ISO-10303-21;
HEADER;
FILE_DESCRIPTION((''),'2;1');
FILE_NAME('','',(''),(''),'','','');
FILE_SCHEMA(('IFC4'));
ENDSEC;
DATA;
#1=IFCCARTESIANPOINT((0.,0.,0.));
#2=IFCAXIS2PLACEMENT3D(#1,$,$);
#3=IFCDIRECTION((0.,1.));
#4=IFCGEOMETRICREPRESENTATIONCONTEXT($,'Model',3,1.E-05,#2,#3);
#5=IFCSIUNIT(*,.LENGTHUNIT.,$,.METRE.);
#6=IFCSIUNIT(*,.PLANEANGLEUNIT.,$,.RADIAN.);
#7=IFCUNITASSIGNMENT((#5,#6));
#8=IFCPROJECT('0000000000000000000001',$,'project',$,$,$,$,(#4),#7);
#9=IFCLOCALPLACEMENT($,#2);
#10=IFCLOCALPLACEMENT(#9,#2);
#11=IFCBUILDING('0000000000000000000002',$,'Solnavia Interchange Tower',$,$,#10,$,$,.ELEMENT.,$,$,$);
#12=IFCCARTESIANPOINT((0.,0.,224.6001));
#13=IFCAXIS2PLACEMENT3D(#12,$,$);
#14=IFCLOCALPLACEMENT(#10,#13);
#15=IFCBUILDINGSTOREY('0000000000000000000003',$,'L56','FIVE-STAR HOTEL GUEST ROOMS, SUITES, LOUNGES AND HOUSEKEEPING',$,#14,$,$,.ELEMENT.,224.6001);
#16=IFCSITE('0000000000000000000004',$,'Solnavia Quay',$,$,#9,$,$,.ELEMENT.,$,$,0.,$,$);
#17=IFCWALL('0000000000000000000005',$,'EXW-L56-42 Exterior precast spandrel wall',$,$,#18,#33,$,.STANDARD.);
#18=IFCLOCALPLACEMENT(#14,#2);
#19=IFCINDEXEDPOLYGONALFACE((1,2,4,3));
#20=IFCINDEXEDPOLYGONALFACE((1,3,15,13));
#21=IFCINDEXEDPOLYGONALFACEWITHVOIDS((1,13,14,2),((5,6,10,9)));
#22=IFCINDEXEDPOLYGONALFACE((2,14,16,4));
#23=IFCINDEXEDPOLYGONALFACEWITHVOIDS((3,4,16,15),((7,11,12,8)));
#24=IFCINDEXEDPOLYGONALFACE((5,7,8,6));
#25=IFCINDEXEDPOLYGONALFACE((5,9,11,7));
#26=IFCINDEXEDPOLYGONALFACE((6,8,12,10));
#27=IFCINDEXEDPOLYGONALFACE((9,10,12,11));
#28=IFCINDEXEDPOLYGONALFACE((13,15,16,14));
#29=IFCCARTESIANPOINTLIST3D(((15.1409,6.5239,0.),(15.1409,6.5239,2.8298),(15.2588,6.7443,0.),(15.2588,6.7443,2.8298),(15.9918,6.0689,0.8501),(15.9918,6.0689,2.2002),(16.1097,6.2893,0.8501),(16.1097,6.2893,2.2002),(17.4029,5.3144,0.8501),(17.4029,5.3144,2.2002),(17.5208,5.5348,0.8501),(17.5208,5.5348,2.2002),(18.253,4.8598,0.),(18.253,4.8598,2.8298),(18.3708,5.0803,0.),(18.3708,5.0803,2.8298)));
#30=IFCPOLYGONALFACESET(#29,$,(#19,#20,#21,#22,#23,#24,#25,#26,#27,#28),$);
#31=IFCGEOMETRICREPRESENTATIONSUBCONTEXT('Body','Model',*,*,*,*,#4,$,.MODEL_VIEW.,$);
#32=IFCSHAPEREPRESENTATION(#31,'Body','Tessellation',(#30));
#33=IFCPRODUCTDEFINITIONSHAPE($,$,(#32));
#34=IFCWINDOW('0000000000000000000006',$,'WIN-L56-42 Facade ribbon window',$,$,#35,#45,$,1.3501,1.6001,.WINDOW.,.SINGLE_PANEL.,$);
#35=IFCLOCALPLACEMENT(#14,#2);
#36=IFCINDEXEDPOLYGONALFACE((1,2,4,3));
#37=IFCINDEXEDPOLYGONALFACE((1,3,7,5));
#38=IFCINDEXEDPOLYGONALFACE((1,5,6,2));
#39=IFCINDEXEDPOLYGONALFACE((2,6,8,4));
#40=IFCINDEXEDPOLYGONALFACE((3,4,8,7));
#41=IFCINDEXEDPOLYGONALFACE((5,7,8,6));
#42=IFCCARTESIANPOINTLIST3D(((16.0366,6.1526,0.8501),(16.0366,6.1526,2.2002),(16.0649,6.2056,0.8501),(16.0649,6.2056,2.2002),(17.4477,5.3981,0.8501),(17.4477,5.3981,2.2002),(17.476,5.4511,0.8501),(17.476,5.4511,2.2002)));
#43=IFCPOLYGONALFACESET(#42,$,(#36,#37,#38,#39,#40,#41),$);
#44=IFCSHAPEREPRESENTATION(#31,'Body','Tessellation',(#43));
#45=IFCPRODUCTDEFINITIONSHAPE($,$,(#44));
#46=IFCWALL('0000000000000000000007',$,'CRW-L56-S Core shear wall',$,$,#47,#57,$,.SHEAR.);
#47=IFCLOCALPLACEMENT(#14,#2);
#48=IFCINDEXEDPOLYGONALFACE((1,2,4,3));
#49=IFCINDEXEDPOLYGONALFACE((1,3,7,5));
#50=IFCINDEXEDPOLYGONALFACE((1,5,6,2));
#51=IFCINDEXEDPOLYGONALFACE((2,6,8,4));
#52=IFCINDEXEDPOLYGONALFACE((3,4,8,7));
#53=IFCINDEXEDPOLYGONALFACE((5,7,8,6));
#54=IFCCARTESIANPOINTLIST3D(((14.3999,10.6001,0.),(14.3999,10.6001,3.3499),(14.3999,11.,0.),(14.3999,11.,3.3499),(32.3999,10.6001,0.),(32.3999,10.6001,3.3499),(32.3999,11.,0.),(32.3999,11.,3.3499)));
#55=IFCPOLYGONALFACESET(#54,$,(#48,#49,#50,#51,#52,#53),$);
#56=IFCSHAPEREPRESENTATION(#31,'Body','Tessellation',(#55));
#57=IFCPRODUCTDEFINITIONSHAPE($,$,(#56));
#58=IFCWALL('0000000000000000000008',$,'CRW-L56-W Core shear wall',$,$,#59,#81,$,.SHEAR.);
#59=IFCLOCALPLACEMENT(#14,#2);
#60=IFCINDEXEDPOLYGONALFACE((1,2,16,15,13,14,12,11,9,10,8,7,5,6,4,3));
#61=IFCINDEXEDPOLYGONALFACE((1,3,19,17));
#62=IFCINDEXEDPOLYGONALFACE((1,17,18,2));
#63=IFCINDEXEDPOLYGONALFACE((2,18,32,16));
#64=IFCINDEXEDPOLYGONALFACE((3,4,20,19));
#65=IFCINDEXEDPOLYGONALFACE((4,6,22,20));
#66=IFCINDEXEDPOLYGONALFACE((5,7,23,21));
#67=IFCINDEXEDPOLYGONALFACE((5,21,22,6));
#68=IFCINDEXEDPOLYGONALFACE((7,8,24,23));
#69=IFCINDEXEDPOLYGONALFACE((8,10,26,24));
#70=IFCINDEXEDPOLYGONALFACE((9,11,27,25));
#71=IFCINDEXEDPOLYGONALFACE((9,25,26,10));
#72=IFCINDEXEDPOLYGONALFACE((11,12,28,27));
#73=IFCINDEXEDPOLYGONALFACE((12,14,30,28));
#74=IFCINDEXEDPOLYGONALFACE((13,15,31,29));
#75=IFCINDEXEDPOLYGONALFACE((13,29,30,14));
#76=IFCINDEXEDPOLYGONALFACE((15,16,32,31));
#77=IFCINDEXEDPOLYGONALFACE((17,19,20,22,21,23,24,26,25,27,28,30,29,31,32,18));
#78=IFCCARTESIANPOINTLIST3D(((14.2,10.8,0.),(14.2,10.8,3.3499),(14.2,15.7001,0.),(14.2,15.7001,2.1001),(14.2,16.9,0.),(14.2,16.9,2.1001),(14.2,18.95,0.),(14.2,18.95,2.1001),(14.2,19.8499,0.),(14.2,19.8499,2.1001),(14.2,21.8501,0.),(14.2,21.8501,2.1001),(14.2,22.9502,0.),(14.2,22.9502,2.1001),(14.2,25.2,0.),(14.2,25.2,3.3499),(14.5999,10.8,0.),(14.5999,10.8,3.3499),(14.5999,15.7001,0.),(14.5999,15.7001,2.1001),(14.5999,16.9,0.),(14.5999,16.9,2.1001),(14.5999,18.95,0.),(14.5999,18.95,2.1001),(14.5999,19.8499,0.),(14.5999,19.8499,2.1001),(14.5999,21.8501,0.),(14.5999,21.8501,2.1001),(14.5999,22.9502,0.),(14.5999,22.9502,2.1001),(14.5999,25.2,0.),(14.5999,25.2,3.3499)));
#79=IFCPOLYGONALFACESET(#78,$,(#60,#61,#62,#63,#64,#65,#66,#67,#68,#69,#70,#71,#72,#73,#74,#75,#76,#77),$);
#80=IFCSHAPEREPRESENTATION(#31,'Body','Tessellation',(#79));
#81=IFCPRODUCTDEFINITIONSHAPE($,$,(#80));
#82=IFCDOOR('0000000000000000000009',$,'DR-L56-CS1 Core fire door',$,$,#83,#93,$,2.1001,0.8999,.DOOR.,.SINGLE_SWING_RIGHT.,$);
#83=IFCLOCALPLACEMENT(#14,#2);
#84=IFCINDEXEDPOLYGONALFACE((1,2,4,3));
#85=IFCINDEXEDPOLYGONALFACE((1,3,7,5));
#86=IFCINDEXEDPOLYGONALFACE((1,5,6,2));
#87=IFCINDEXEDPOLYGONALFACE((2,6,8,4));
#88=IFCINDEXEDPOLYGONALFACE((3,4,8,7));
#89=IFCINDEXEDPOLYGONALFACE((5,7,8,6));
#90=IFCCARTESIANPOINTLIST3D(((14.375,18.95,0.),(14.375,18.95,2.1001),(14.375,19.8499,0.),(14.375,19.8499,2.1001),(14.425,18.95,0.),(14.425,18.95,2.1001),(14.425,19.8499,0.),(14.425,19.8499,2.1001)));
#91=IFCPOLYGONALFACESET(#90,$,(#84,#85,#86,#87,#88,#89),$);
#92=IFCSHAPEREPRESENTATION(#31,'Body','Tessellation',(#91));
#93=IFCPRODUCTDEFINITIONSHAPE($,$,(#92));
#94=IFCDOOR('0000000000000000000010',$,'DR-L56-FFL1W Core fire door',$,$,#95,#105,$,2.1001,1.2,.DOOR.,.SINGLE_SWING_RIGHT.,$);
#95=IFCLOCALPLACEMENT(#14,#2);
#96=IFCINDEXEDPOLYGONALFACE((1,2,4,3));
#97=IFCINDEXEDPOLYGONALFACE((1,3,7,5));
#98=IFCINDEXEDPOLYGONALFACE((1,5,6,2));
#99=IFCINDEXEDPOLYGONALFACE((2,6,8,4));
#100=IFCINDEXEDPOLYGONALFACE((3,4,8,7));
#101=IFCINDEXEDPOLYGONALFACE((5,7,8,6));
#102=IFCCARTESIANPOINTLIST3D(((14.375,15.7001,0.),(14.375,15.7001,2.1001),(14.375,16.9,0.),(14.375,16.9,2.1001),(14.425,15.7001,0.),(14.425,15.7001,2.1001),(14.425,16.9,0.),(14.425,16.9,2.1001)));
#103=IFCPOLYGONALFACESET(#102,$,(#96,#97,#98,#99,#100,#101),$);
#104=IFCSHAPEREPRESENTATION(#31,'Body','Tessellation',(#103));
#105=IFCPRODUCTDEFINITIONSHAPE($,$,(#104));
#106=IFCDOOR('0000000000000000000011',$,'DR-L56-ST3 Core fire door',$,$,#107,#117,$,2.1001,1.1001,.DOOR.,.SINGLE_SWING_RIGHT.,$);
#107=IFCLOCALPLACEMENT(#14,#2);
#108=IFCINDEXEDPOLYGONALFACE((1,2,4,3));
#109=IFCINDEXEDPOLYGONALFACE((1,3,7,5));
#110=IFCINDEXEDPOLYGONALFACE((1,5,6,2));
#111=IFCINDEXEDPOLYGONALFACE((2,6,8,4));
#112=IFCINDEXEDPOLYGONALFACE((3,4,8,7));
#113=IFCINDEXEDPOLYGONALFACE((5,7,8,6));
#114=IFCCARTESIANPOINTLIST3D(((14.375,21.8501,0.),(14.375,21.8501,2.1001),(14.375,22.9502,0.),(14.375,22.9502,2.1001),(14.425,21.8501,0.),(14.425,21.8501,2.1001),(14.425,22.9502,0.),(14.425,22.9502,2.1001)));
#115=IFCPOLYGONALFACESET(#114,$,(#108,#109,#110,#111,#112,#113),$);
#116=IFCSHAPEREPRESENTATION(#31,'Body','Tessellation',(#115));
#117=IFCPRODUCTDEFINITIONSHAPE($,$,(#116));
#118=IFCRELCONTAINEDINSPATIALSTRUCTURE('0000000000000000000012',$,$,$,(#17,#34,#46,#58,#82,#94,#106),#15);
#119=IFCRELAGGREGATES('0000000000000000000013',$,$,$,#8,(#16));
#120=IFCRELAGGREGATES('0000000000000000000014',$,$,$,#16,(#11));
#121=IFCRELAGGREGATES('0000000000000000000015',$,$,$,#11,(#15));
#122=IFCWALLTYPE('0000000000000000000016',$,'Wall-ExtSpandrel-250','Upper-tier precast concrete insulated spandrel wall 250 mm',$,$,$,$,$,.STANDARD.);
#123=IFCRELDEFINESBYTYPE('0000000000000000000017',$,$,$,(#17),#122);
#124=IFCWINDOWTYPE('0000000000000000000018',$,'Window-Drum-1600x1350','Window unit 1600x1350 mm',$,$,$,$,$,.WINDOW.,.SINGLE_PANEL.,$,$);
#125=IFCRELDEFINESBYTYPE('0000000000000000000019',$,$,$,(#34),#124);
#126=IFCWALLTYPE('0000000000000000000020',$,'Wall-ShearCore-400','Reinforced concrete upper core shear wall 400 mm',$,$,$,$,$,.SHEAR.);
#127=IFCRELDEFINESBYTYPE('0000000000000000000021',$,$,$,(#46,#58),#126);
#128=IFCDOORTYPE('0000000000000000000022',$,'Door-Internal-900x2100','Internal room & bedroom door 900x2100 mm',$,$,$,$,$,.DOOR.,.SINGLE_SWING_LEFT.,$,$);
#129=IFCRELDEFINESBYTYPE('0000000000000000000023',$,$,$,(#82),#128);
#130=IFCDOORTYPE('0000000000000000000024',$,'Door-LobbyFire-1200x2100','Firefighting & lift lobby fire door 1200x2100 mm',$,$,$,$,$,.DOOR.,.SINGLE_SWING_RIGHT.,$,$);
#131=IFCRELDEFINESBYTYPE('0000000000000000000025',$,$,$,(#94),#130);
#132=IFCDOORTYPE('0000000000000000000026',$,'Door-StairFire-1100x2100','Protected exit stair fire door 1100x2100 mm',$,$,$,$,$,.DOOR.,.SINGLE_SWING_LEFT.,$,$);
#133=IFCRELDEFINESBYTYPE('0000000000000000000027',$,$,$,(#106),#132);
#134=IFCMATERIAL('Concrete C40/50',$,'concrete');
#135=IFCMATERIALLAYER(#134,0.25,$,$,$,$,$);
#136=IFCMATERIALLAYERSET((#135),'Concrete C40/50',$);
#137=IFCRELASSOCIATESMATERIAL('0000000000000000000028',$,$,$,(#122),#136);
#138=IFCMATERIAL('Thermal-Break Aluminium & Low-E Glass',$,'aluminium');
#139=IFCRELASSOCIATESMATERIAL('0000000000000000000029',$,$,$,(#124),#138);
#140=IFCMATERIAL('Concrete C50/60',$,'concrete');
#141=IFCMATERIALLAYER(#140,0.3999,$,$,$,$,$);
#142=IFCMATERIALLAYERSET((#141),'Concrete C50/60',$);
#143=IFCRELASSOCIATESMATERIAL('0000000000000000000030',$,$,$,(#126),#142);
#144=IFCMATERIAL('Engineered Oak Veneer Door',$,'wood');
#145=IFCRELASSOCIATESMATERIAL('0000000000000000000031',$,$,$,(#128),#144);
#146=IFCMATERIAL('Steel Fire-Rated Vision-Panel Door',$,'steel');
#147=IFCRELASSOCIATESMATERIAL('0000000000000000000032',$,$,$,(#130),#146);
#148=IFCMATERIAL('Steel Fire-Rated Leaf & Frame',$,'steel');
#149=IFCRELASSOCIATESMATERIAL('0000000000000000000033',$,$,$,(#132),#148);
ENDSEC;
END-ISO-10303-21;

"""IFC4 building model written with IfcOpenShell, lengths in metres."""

from ifc_helpers import new_model, si_unit, direction, frame, frame_2d, origin, place, context, subcontext, project, spatial, rectangle, extrude, material, layer, layer_set, type_object, element, fill, save


model = new_model("IFC4")

# Units and contexts
model_context = context("Model", 3, precision=1e-05, world=origin(), true_north=direction((0.0, 1.0)))
body_context = subcontext(model_context, "Body", "Model", "MODEL_VIEW")
ifc_project = project(units=[si_unit("LENGTHUNIT", "METRE"), si_unit("PLANEANGLEUNIT", "RADIAN")], contexts=[model_context])

# Site, building, storey
site_placement = place(None, origin())
site = spatial("IfcSite", under=ifc_project, at=site_placement, Name="Solnavia Quay", CompositionType="ELEMENT", RefElevation=0.0)
building_placement = place(site_placement, origin())
building = spatial("IfcBuilding", under=site, at=building_placement, Name="Solnavia Interchange Tower", CompositionType="ELEMENT")
storey_placement = place(building_placement, frame((0.0, 0.0, 224.6001)))
storey = spatial("IfcBuildingStorey", under=building, at=storey_placement, Name="L56", Description="FIVE-STAR HOTEL GUEST ROOMS, SUITES, LOUNGES AND HOUSEKEEPING", CompositionType="ELEMENT", Elevation=224.6001)

# Shared definitions
ifc_material_1 = material(Name="Concrete C50/60", Category="concrete")

# Wall, opening, window
ifc_material_2 = material(Name="Concrete C40/50", Category="concrete")
ifc_layer_1 = layer(ifc_material_2, 0.25)
ifc_layer_set_1 = layer_set([ifc_layer_1], Name="Concrete C40/50")
wall_type_1 = type_object("IfcWallType", Name="Wall-ExtSpandrel-250", Description="Upper-tier precast concrete insulated spandrel wall 250 mm", PredefinedType="STANDARD", material=ifc_layer_set_1)
ifc_material_3 = material(Name="Thermal-Break Aluminium & Low-E Glass", Category="aluminium")
window_type = type_object("IfcWindowType", Name="Window-Drum-1600x1350", Description="Window unit 1600x1350 mm", PartitioningType="SINGLE_PANEL", PredefinedType="WINDOW", material=ifc_material_3)
wall_1_placement = place(storey_placement, frame((18.312, 4.97, 0.0), z_axis=(0.0, 0.0, 1.0), x_axis=(-0.881847, 0.471536, 0.0)))
wall_1 = element("IfcWall", 1, at=wall_1_placement, inside=storey, type_object=wall_type_1, Name="EXW-L56-42 Exterior precast spandrel wall", PredefinedType="STANDARD", context=body_context, shape_type="SweptSolid", body=[
    extrude(rectangle(XDim=3.5291, YDim=0.25, at=frame_2d((1.7646, 0.0))), origin(), (0.0, 0.0, 1.0), 2.8298),
])
opening_1_placement = place(wall_1_placement, frame((0.9641, 0.0, 0.8501)))
opening_1 = element("IfcOpeningElement", 2, at=opening_1_placement, cuts=wall_1, PredefinedType="OPENING", context=body_context, shape_type="SweptSolid", body=[
    extrude(rectangle(XDim=1.6001, YDim=1.3501, at=frame_2d((0.8, 0.675))), frame((0.0, 0.135, 0.0), z_axis=(0.0, -1.0, 0.0), x_axis=(1.0, 0.0, 0.0)), (0.0, 0.0, 1.0), 0.27),
])
window_1_placement = place(opening_1_placement, origin())
window_1 = element("IfcWindow", 3, at=window_1_placement, inside=storey, type_object=window_type, Name="WIN-L56-42 Facade ribbon window", OverallHeight=1.3501, OverallWidth=1.6001, PartitioningType="SINGLE_PANEL", PredefinedType="WINDOW", context=body_context, shape_type="SweptSolid", body=[
    extrude(rectangle(XDim=1.6001, YDim=1.3501, at=frame_2d((0.8, 0.675))), frame((0.0, 0.03, 0.0), z_axis=(0.0, -1.0, 0.0), x_axis=(1.0, 0.0, 0.0)), (0.0, 0.0, 1.0), 0.0601),
])
fill(opening_1, window_1)

# Wall
ifc_layer_2 = layer(ifc_material_1, 0.3999)
ifc_layer_set_2 = layer_set([ifc_layer_2], Name="Concrete C50/60")
wall_type_2 = type_object("IfcWallType", Name="Wall-ShearCore-400", Description="Reinforced concrete upper core shear wall 400 mm", PredefinedType="SHEAR", material=ifc_layer_set_2)
wall_2_placement = place(storey_placement, frame((14.3999, 10.8, 0.0), z_axis=(0.0, 0.0, 1.0), x_axis=(1.0, 0.0, 0.0)))
element("IfcWall", 4, at=wall_2_placement, inside=storey, type_object=wall_type_2, Name="CRW-L56-S Core shear wall", PredefinedType="SHEAR", context=body_context, shape_type="SweptSolid", body=[
    extrude(rectangle(XDim=18.0, YDim=0.3999, at=frame_2d((9.0, 0.0))), origin(), (0.0, 0.0, 1.0), 3.3499),
])

# Wall, openings, doors
wall_3_placement = place(storey_placement, frame((14.3999, 10.8, 0.0), z_axis=(0.0, 0.0, 1.0), x_axis=(0.0, 1.0, 0.0)))
wall_3 = element("IfcWall", 5, at=wall_3_placement, inside=storey, type_object=wall_type_2, Name="CRW-L56-W Core shear wall", PredefinedType="SHEAR", context=body_context, shape_type="SweptSolid", body=[
    extrude(rectangle(XDim=14.3999, YDim=0.3999, at=frame_2d((7.2, 0.0))), origin(), (0.0, 0.0, 1.0), 3.3499),
])
opening_2_placement = place(wall_3_placement, frame((11.05, 0.0, 0.0)))
opening_2 = element("IfcOpeningElement", 6, at=opening_2_placement, cuts=wall_3, PredefinedType="OPENING", context=body_context, shape_type="SweptSolid", body=[
    extrude(rectangle(XDim=1.1001, YDim=2.1001, at=frame_2d((0.55, 1.05))), frame((0.0, 0.21, 0.0), z_axis=(0.0, -1.0, 0.0), x_axis=(1.0, 0.0, 0.0)), (0.0, 0.0, 1.0), 0.4199),
])
opening_3_placement = place(wall_3_placement, frame((4.8999, 0.0, 0.0)))
opening_3 = element("IfcOpeningElement", 7, at=opening_3_placement, cuts=wall_3, PredefinedType="OPENING", context=body_context, shape_type="SweptSolid", body=[
    extrude(rectangle(XDim=1.2, YDim=2.1001, at=frame_2d((0.6001, 1.05))), frame((0.0, 0.21, 0.0), z_axis=(0.0, -1.0, 0.0), x_axis=(1.0, 0.0, 0.0)), (0.0, 0.0, 1.0), 0.4199),
])
opening_4_placement = place(wall_3_placement, frame((8.1499, 0.0, 0.0)))
opening_4 = element("IfcOpeningElement", 8, at=opening_4_placement, cuts=wall_3, PredefinedType="OPENING", context=body_context, shape_type="SweptSolid", body=[
    extrude(rectangle(XDim=0.8999, YDim=2.1001, at=frame_2d((0.45, 1.05))), frame((0.0, 0.21, 0.0), z_axis=(0.0, -1.0, 0.0), x_axis=(1.0, 0.0, 0.0)), (0.0, 0.0, 1.0), 0.4199),
])
ifc_material_4 = material(Name="Engineered Oak Veneer Door", Category="wood")
door_type_1 = type_object("IfcDoorType", Name="Door-Internal-900x2100", Description="Internal room & bedroom door 900x2100 mm", OperationType="SINGLE_SWING_LEFT", PredefinedType="DOOR", material=ifc_material_4)
door_1_placement = place(opening_4_placement, origin())
door_1 = element("IfcDoor", 9, at=door_1_placement, inside=storey, type_object=door_type_1, Name="DR-L56-CS1 Core fire door", OperationType="SINGLE_SWING_RIGHT", OverallHeight=2.1001, OverallWidth=0.8999, PredefinedType="DOOR", context=body_context, shape_type="SweptSolid", body=[
    extrude(rectangle(XDim=0.8999, YDim=2.1001, at=frame_2d((0.45, 1.05))), frame((0.0, 0.0249, 0.0), z_axis=(0.0, -1.0, 0.0), x_axis=(1.0, 0.0, 0.0)), (0.0, 0.0, 1.0), 0.05),
])
fill(opening_4, door_1)
ifc_material_5 = material(Name="Steel Fire-Rated Vision-Panel Door", Category="steel")
door_type_2 = type_object("IfcDoorType", Name="Door-LobbyFire-1200x2100", Description="Firefighting & lift lobby fire door 1200x2100 mm", OperationType="SINGLE_SWING_RIGHT", PredefinedType="DOOR", material=ifc_material_5)
door_2_placement = place(opening_3_placement, origin())
door_2 = element("IfcDoor", 10, at=door_2_placement, inside=storey, type_object=door_type_2, Name="DR-L56-FFL1W Core fire door", OperationType="SINGLE_SWING_RIGHT", OverallHeight=2.1001, OverallWidth=1.2, PredefinedType="DOOR", context=body_context, shape_type="SweptSolid", body=[
    extrude(rectangle(XDim=1.2, YDim=2.1001, at=frame_2d((0.6001, 1.05))), frame((0.0, 0.0249, 0.0), z_axis=(0.0, -1.0, 0.0), x_axis=(1.0, 0.0, 0.0)), (0.0, 0.0, 1.0), 0.05),
])
fill(opening_3, door_2)
ifc_material_6 = material(Name="Steel Fire-Rated Leaf & Frame", Category="steel")
door_type_3 = type_object("IfcDoorType", Name="Door-StairFire-1100x2100", Description="Protected exit stair fire door 1100x2100 mm", OperationType="SINGLE_SWING_LEFT", PredefinedType="DOOR", material=ifc_material_6)
door_3_placement = place(opening_2_placement, origin())
door_3 = element("IfcDoor", 11, at=door_3_placement, inside=storey, type_object=door_type_3, Name="DR-L56-ST3 Core fire door", OperationType="SINGLE_SWING_RIGHT", OverallHeight=2.1001, OverallWidth=1.1001, PredefinedType="DOOR", context=body_context, shape_type="SweptSolid", body=[
    extrude(rectangle(XDim=1.1001, YDim=2.1001, at=frame_2d((0.55, 1.05))), frame((0.0, 0.0249, 0.0), z_axis=(0.0, -1.0, 0.0), x_axis=(1.0, 0.0, 0.0)), (0.0, 0.0, 1.0), 0.05),
])
fill(opening_2, door_3)

save(model, "model.ifc")
